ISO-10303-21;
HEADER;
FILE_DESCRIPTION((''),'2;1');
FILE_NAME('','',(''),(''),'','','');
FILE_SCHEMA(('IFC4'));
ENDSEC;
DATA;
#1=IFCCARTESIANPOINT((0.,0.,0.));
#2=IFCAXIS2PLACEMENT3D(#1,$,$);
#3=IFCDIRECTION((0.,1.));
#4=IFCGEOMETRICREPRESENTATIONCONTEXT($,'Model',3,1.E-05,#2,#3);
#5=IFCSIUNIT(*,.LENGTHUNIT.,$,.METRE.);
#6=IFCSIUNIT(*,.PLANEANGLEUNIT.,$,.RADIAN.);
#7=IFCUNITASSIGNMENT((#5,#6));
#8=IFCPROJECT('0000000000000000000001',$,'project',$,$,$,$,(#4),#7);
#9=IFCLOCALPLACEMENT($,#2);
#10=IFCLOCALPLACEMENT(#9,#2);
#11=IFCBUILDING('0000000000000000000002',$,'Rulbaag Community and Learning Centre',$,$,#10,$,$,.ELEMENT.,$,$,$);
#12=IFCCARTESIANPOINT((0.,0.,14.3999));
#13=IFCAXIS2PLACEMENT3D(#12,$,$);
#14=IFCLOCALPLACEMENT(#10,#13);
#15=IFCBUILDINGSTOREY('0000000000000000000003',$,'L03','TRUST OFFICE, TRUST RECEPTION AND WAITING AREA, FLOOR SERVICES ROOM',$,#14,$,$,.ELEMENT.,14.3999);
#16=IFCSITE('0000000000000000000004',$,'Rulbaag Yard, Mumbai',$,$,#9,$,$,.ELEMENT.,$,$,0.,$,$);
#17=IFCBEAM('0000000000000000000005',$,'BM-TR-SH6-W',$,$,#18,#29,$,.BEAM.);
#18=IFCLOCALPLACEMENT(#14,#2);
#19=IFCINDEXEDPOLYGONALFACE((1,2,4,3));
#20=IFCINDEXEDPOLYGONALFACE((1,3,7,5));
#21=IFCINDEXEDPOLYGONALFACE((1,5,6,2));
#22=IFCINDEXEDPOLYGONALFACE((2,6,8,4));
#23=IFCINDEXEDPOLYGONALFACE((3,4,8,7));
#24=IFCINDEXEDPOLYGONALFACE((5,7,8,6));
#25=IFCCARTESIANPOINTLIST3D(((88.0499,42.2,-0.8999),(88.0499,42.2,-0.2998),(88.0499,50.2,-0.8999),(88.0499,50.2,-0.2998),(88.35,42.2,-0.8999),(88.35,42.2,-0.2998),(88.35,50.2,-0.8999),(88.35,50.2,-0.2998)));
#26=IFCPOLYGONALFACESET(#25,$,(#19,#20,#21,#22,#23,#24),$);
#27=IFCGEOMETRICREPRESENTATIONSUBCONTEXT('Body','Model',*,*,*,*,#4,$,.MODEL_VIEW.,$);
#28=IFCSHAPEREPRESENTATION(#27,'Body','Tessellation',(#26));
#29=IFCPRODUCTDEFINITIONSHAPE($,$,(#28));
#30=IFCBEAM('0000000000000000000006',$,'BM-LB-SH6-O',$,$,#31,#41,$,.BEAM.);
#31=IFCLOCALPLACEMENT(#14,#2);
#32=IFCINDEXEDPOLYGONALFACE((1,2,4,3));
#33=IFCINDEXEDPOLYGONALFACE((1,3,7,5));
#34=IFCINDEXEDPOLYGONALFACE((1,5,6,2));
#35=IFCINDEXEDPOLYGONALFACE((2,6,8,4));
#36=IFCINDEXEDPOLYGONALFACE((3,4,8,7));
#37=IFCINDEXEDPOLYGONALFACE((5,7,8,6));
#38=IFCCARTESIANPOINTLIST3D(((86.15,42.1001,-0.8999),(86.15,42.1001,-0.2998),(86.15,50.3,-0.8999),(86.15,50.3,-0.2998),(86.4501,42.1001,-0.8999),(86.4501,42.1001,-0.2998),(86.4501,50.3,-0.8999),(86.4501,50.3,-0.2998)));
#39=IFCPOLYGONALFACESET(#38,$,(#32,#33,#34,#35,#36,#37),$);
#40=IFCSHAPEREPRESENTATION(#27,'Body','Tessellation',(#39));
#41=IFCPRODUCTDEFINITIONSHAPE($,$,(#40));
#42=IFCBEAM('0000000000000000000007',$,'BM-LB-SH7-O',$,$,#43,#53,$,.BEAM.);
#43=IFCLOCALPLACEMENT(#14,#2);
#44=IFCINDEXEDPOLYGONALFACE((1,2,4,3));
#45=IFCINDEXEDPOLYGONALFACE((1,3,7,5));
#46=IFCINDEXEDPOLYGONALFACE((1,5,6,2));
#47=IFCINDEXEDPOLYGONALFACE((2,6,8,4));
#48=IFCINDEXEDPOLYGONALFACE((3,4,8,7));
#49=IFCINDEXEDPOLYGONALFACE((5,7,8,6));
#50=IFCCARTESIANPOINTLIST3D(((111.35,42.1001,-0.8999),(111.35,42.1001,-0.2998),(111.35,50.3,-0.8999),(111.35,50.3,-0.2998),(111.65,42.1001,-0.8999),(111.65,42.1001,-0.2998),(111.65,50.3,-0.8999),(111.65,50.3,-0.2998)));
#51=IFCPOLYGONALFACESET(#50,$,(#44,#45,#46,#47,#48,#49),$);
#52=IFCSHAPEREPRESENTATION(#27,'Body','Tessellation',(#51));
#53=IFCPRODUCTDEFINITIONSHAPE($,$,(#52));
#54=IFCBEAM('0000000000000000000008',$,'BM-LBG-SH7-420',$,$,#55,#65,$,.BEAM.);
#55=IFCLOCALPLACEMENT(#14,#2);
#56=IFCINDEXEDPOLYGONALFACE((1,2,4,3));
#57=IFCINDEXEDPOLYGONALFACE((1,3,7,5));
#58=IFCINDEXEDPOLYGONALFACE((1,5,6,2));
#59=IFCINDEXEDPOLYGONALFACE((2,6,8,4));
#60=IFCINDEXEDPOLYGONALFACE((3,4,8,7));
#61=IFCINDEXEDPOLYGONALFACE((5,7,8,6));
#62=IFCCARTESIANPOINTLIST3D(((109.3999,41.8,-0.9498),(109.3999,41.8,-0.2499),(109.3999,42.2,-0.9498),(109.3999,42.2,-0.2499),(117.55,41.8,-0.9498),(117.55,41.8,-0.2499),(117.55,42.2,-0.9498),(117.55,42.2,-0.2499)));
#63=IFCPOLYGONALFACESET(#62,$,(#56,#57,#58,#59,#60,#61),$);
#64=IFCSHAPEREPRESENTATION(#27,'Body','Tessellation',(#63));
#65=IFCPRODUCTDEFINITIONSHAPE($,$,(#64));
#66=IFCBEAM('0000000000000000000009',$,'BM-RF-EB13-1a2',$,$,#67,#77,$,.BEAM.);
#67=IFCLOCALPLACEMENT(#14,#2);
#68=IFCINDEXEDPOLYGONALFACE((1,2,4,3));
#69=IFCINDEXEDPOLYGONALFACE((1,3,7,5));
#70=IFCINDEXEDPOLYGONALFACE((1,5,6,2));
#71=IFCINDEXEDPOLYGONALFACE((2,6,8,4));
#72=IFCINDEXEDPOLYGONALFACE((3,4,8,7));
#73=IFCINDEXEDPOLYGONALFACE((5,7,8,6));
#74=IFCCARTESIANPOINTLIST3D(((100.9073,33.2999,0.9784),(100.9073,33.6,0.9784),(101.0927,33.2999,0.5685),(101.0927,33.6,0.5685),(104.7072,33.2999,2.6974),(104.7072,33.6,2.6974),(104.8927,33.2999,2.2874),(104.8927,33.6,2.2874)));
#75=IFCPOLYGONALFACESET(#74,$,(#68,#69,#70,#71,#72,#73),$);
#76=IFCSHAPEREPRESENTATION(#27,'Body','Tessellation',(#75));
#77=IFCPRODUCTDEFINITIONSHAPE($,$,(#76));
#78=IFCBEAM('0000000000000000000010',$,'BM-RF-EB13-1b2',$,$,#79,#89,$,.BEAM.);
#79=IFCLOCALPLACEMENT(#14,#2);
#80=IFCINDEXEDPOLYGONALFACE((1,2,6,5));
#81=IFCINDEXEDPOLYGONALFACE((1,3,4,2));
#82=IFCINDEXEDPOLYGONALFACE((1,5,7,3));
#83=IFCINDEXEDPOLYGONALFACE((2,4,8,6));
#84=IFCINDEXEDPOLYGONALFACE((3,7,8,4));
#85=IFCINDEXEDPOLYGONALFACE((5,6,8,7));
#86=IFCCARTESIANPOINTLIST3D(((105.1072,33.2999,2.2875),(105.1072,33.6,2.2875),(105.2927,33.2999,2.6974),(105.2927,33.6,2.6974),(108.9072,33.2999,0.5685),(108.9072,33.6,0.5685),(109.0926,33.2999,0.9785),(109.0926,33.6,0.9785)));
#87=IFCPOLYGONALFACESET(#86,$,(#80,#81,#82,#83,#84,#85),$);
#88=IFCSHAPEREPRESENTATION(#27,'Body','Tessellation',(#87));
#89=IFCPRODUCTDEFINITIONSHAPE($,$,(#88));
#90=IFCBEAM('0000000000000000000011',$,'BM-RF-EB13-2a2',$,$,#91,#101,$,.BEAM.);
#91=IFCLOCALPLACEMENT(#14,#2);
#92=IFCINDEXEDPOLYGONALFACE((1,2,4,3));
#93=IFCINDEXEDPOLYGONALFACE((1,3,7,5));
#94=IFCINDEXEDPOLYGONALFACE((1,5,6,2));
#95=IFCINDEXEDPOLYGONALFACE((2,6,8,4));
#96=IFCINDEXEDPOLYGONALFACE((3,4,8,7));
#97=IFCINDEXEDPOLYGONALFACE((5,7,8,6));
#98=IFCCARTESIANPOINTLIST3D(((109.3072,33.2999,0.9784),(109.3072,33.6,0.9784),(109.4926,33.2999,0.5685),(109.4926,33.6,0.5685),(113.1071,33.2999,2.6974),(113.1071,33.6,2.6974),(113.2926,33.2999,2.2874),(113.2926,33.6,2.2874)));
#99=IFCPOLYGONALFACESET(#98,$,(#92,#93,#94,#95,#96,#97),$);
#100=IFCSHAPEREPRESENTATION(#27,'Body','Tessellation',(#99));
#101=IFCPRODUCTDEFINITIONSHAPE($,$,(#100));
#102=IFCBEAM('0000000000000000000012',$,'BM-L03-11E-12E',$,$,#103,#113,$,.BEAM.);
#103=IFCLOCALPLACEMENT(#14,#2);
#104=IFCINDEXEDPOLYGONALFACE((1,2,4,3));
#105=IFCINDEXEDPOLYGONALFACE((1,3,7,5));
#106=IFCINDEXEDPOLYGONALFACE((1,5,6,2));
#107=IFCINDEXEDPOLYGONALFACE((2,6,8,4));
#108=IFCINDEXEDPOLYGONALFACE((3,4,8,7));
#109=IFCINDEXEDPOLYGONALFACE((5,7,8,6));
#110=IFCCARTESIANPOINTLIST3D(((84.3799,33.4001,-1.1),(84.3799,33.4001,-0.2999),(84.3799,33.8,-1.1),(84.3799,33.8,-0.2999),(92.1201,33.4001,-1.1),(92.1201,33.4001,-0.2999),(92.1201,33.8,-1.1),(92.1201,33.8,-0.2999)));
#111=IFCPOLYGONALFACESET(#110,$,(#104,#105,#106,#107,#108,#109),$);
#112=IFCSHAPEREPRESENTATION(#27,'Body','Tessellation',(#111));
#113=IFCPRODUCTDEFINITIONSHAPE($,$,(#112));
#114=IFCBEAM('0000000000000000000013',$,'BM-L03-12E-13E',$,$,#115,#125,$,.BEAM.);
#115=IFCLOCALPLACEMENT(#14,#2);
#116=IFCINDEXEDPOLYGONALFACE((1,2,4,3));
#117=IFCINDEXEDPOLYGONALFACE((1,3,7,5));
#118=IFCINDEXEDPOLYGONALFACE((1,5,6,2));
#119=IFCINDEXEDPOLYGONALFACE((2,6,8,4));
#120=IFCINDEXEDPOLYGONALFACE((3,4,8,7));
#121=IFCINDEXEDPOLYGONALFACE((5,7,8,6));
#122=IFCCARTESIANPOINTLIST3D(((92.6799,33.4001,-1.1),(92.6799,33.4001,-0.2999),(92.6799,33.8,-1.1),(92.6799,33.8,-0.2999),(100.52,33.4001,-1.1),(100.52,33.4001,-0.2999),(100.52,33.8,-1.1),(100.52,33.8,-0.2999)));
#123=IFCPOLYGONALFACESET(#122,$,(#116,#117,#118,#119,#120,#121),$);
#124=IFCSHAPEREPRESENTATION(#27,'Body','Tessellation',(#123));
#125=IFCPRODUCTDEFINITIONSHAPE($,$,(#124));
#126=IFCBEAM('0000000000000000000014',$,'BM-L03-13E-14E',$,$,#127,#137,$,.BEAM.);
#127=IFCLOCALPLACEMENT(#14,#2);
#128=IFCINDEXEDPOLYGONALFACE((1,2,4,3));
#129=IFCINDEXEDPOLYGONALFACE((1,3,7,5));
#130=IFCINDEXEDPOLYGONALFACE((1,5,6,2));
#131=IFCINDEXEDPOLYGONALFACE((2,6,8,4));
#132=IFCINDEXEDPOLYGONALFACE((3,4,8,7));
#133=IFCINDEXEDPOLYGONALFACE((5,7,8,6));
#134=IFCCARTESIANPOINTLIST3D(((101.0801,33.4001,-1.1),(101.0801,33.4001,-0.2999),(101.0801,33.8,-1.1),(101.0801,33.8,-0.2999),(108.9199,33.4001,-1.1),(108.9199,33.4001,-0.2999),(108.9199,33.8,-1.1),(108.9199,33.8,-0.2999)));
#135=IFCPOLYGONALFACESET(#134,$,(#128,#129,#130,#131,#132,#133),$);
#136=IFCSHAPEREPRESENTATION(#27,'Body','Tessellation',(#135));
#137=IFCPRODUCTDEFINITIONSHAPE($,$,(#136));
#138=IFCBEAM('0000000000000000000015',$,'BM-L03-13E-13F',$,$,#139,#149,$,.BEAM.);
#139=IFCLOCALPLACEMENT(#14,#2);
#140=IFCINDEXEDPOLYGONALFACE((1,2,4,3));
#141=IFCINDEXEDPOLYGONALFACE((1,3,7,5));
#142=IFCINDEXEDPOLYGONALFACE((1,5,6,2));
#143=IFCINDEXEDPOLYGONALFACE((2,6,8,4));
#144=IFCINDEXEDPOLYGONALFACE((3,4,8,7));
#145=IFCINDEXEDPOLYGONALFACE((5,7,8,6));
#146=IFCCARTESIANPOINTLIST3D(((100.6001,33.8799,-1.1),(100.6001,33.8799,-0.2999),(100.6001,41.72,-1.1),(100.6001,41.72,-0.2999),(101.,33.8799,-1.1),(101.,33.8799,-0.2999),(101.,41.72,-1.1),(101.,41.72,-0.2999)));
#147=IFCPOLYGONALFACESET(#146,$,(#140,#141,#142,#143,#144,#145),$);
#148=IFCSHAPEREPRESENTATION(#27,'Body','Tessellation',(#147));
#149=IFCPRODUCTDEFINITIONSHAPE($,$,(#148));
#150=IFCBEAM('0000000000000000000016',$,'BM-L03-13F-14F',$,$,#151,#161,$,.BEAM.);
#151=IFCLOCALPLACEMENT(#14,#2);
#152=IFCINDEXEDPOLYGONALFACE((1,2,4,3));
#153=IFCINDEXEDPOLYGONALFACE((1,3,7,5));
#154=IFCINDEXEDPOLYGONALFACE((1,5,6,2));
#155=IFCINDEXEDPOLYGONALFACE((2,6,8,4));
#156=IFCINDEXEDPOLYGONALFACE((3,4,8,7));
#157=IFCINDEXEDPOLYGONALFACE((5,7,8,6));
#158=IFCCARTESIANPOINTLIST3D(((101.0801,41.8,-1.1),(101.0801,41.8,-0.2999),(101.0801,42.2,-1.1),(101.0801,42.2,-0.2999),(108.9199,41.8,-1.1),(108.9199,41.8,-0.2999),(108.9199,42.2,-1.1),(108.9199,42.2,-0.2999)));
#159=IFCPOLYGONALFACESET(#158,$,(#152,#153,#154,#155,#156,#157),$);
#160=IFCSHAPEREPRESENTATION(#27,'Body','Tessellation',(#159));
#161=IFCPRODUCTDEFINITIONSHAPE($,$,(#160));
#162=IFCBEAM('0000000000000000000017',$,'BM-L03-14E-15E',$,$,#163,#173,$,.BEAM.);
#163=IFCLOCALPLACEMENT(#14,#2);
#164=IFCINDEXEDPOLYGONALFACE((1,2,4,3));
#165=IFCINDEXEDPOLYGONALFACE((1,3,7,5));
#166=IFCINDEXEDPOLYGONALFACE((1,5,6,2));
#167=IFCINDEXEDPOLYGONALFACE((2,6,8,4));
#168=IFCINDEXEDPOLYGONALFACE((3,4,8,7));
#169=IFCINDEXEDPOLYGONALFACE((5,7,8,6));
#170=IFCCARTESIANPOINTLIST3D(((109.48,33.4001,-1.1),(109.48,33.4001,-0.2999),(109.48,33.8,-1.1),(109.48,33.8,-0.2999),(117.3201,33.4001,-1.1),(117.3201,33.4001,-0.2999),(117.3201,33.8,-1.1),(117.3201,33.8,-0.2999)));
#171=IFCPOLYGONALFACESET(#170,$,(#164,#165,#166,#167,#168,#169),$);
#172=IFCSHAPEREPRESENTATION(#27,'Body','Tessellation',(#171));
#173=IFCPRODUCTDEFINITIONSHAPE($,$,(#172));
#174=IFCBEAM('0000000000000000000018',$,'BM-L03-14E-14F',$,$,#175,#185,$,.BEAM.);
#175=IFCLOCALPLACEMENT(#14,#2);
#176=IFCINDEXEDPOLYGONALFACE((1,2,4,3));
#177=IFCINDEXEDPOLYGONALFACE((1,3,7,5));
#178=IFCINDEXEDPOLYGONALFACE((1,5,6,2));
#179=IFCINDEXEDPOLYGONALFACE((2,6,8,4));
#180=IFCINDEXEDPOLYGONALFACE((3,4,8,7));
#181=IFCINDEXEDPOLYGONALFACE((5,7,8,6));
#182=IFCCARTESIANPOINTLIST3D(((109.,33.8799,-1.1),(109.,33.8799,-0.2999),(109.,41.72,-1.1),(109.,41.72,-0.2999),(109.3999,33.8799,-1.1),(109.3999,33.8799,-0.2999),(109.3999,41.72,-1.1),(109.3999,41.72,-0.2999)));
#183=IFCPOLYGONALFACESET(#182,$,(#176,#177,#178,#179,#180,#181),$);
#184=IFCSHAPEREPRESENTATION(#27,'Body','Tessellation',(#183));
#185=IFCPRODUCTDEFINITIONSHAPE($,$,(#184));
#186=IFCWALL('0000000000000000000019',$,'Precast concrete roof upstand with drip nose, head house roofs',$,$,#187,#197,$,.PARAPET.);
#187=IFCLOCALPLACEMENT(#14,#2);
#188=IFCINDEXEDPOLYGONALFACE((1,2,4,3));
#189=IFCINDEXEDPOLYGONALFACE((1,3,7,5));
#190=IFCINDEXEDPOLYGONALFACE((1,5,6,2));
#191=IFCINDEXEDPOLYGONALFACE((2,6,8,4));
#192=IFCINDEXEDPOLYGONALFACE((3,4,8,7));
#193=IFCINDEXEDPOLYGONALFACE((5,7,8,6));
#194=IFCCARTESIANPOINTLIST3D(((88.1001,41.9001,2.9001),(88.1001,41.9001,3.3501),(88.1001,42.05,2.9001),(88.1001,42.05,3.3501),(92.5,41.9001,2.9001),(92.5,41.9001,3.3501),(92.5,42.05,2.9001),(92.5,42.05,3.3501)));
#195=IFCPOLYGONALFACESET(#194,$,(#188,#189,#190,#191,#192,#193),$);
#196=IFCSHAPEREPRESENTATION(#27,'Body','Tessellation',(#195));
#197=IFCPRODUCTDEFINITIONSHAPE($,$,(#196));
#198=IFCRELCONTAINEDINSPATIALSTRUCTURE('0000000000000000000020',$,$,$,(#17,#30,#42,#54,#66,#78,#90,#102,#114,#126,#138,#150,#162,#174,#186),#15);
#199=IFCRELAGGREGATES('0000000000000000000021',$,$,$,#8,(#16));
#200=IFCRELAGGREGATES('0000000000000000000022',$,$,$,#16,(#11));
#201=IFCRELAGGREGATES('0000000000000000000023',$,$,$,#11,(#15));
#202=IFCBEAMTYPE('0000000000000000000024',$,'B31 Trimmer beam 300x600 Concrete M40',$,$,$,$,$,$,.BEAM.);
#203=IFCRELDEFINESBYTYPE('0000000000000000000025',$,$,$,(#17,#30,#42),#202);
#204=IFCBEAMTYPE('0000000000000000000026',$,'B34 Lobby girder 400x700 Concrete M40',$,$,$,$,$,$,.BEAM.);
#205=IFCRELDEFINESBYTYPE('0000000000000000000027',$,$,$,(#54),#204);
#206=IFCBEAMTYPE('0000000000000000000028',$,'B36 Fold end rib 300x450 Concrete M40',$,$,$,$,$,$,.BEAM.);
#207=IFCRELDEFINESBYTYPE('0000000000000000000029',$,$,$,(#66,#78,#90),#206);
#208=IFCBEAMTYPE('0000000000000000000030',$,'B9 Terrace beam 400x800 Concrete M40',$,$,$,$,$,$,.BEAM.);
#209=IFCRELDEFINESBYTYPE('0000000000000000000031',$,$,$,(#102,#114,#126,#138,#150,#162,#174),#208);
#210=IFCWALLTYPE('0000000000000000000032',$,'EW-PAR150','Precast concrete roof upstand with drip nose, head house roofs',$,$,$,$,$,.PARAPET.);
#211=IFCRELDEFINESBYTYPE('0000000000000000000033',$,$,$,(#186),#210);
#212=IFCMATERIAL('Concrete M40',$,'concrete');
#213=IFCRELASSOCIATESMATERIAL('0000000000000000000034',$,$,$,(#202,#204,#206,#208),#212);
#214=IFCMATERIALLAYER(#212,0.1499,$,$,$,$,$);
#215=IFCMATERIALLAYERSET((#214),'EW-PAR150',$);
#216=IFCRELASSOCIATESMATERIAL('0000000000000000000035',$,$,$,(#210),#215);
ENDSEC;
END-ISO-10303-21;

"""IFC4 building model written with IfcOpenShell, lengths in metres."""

from ifc_helpers import new_model, si_unit, direction, frame, frame_2d, origin, origin_2d, place, context, subcontext, project, spatial, rectangle, extrude, material, layer, layer_set, material_profile, profile_set, type_object, element, save


model = new_model("IFC4")

# Units and contexts
model_context = context("Model", 3, precision=1e-05, world=origin(), true_north=direction((0.0, 1.0)))
body_context = subcontext(model_context, "Body", "Model", "MODEL_VIEW")
ifc_project = project(units=[si_unit("LENGTHUNIT", "METRE"), si_unit("PLANEANGLEUNIT", "RADIAN")], contexts=[model_context])

# Site, building, storey
site_placement = place(None, origin())
site = spatial("IfcSite", under=ifc_project, at=site_placement, Name="Rulbaag Yard, Mumbai", CompositionType="ELEMENT", RefElevation=0.0)
building_placement = place(site_placement, origin())
building = spatial("IfcBuilding", under=site, at=building_placement, Name="Rulbaag Community and Learning Centre", CompositionType="ELEMENT")
storey_placement = place(building_placement, frame((0.0, 0.0, 14.3999)))
storey = spatial("IfcBuildingStorey", under=building, at=storey_placement, Name="L03", Description="TRUST OFFICE, TRUST RECEPTION AND WAITING AREA, FLOOR SERVICES ROOM", CompositionType="ELEMENT", Elevation=14.3999)

# Beams
ifc_material_1 = material(Name="Concrete M40", Category="concrete")
ifc_material_profile_1 = material_profile(ifc_material_1, rectangle(XDim=0.3, YDim=0.6001, at=origin_2d()), Name="RB300x600")
ifc_profile_set_1 = profile_set([ifc_material_profile_1], Name="Concrete M40")
beam_type_1 = type_object("IfcBeamType", Name="B31 Trimmer beam 300x600 Concrete M40", PredefinedType="BEAM", material=ifc_profile_set_1)
beam_1_placement = place(storey_placement, frame((88.2, 42.2, -0.5999), z_axis=(0.0, 1.0, 0.0), x_axis=(-1.0, 0.0, 0.0)))
element("IfcBeam", 1, at=beam_1_placement, inside=storey, type_object=beam_type_1, Name="BM-TR-SH6-W", PredefinedType="BEAM", context=body_context, shape_type="SweptSolid", body=[
    extrude(rectangle(XDim=0.3, YDim=0.6001, at=origin_2d()), origin(), (0.0, 0.0, 1.0), 8.0),
])
for number, where, z_axis, x_axis, name in (
    (2, (86.3, 42.1001, -0.5999), (0.0, 1.0, 0.0), (-1.0, 0.0, 0.0), "BM-LB-SH6-O"),
    (3, (111.5, 42.1001, -0.5999), (0.0, 1.0, 0.0), (-1.0, 0.0, 0.0), "BM-LB-SH7-O"),
):
    element("IfcBeam", number, at=place(storey_placement, frame(where, z_axis=z_axis, x_axis=x_axis)), inside=storey, type_object=beam_type_1, Name=name, PredefinedType="BEAM", context=body_context, shape_type="SweptSolid", body=[
        extrude(rectangle(XDim=0.3, YDim=0.6001, at=origin_2d()), origin(), (0.0, 0.0, 1.0), 8.2),
    ])
ifc_material_profile_2 = material_profile(ifc_material_1, rectangle(XDim=0.3999, YDim=0.7, at=origin_2d()), Name="RB400x700")
ifc_profile_set_2 = profile_set([ifc_material_profile_2], Name="Concrete M40")
beam_type_2 = type_object("IfcBeamType", Name="B34 Lobby girder 400x700 Concrete M40", PredefinedType="BEAM", material=ifc_profile_set_2)
beam_2_placement = place(storey_placement, frame((109.3999, 42.0, -0.5999), z_axis=(1.0, 0.0, 0.0), x_axis=(0.0, 1.0, 0.0)))
element("IfcBeam", 4, at=beam_2_placement, inside=storey, type_object=beam_type_2, Name="BM-LBG-SH7-420", PredefinedType="BEAM", context=body_context, shape_type="SweptSolid", body=[
    extrude(rectangle(XDim=0.3999, YDim=0.7, at=origin_2d()), origin(), (0.0, 0.0, 1.0), 8.1501),
])
ifc_material_profile_3 = material_profile(ifc_material_1, rectangle(XDim=0.3, YDim=0.45, at=origin_2d()), Name="RB300x450")
ifc_profile_set_3 = profile_set([ifc_material_profile_3], Name="Concrete M40")
beam_type_3 = type_object("IfcBeamType", Name="B36 Fold end rib 300x450 Concrete M40", PredefinedType="BEAM", material=ifc_profile_set_3)
for number, where, z_axis, x_axis, name in (
    (5, (101.0, 33.45, 0.7734), (0.911115, 0.0, 0.412153), (0.0, 1.0, 0.0), "BM-RF-EB13-1a2"),
    (6, (105.2, 33.45, 2.4924), (0.911115, 0.0, -0.412153), (0.0, 1.0, 0.0), "BM-RF-EB13-1b2"),
    (7, (109.3999, 33.45, 0.7734), (0.911115, 0.0, 0.412153), (0.0, 1.0, 0.0), "BM-RF-EB13-2a2"),
):
    element("IfcBeam", number, at=place(storey_placement, frame(where, z_axis=z_axis, x_axis=x_axis)), inside=storey, type_object=beam_type_3, Name=name, PredefinedType="BEAM", context=body_context, shape_type="SweptSolid", body=[
        extrude(rectangle(XDim=0.3, YDim=0.45, at=origin_2d()), origin(), (0.0, 0.0, 1.0), 4.1707),
    ])
ifc_material_profile_4 = material_profile(ifc_material_1, rectangle(XDim=0.3999, YDim=0.8, at=origin_2d()), Name="RB400x800")
ifc_profile_set_4 = profile_set([ifc_material_profile_4], Name="Concrete M40")
beam_type_4 = type_object("IfcBeamType", Name="B9 Terrace beam 400x800 Concrete M40", PredefinedType="BEAM", material=ifc_profile_set_4)
beam_3_placement = place(storey_placement, frame((84.3799, 33.6001, -0.7), z_axis=(1.0, 0.0, 0.0), x_axis=(0.0, 1.0, 0.0)))
element("IfcBeam", 8, at=beam_3_placement, inside=storey, type_object=beam_type_4, Name="BM-L03-11E-12E", PredefinedType="BEAM", context=body_context, shape_type="SweptSolid", body=[
    extrude(rectangle(XDim=0.3999, YDim=0.8, at=origin_2d()), origin(), (0.0, 0.0, 1.0), 7.7402),
])
beam_4_placement = place(storey_placement, frame((92.6799, 33.6001, -0.7), z_axis=(1.0, 0.0, 0.0), x_axis=(0.0, 1.0, 0.0)))
element("IfcBeam", 9, at=beam_4_placement, inside=storey, type_object=beam_type_4, Name="BM-L03-12E-13E", PredefinedType="BEAM", context=body_context, shape_type="SweptSolid", body=[
    extrude(rectangle(XDim=0.3999, YDim=0.8, at=origin_2d()), origin(), (0.0, 0.0, 1.0), 7.8401),
])
beam_5_placement = place(storey_placement, frame((101.0801, 33.6001, -0.7), z_axis=(1.0, 0.0, 0.0), x_axis=(0.0, 1.0, 0.0)))
element("IfcBeam", 10, at=beam_5_placement, inside=storey, type_object=beam_type_4, Name="BM-L03-13E-14E", PredefinedType="BEAM", context=body_context, shape_type="SweptSolid", body=[
    extrude(rectangle(XDim=0.3999, YDim=0.8, at=origin_2d()), origin(), (0.0, 0.0, 1.0), 7.8398),
])
beam_6_placement = place(storey_placement, frame((100.8, 33.8799, -0.7), z_axis=(0.0, 1.0, 0.0), x_axis=(-1.0, 0.0, 0.0)))
element("IfcBeam", 11, at=beam_6_placement, inside=storey, type_object=beam_type_4, Name="BM-L03-13E-13F", PredefinedType="BEAM", context=body_context, shape_type="SweptSolid", body=[
    extrude(rectangle(XDim=0.3999, YDim=0.8, at=origin_2d()), origin(), (0.0, 0.0, 1.0), 7.8401),
])
beam_7_placement = place(storey_placement, frame((101.0801, 42.0, -0.7), z_axis=(1.0, 0.0, 0.0), x_axis=(0.0, 1.0, 0.0)))
element("IfcBeam", 12, at=beam_7_placement, inside=storey, type_object=beam_type_4, Name="BM-L03-13F-14F", PredefinedType="BEAM", context=body_context, shape_type="SweptSolid", body=[
    extrude(rectangle(XDim=0.3999, YDim=0.8, at=origin_2d()), origin(), (0.0, 0.0, 1.0), 7.8398),
])
for number, where, z_axis, x_axis, name in (
    (13, (109.48, 33.6001, -0.7), (1.0, 0.0, 0.0), (0.0, 1.0, 0.0), "BM-L03-14E-15E"),
    (14, (109.2, 33.8799, -0.7), (0.0, 1.0, 0.0), (-1.0, 0.0, 0.0), "BM-L03-14E-14F"),
):
    element("IfcBeam", number, at=place(storey_placement, frame(where, z_axis=z_axis, x_axis=x_axis)), inside=storey, type_object=beam_type_4, Name=name, PredefinedType="BEAM", context=body_context, shape_type="SweptSolid", body=[
        extrude(rectangle(XDim=0.3999, YDim=0.8, at=origin_2d()), origin(), (0.0, 0.0, 1.0), 7.8401),
    ])

# Wall
ifc_layer_1 = layer(ifc_material_1, 0.1499)
ifc_layer_set_1 = layer_set([ifc_layer_1], Name="EW-PAR150")
wall_type_1 = type_object("IfcWallType", Name="EW-PAR150", Description="Precast concrete roof upstand with drip nose, head house roofs", PredefinedType="PARAPET", material=ifc_layer_set_1)
wall_1_placement = place(storey_placement, frame((88.1001, 41.9751, 2.9001), z_axis=(0.0, 0.0, 1.0), x_axis=(1.0, 0.0, 0.0)))
element("IfcWall", 15, at=wall_1_placement, inside=storey, type_object=wall_type_1, Name="Precast concrete roof upstand with drip nose, head house roofs", PredefinedType="PARAPET", context=body_context, shape_type="SweptSolid", body=[
    extrude(rectangle(XDim=4.3999, YDim=0.1499, at=frame_2d((2.2, 0.0))), origin(), (0.0, 0.0, 1.0), 0.45),
])

save(model, "model.ifc")
